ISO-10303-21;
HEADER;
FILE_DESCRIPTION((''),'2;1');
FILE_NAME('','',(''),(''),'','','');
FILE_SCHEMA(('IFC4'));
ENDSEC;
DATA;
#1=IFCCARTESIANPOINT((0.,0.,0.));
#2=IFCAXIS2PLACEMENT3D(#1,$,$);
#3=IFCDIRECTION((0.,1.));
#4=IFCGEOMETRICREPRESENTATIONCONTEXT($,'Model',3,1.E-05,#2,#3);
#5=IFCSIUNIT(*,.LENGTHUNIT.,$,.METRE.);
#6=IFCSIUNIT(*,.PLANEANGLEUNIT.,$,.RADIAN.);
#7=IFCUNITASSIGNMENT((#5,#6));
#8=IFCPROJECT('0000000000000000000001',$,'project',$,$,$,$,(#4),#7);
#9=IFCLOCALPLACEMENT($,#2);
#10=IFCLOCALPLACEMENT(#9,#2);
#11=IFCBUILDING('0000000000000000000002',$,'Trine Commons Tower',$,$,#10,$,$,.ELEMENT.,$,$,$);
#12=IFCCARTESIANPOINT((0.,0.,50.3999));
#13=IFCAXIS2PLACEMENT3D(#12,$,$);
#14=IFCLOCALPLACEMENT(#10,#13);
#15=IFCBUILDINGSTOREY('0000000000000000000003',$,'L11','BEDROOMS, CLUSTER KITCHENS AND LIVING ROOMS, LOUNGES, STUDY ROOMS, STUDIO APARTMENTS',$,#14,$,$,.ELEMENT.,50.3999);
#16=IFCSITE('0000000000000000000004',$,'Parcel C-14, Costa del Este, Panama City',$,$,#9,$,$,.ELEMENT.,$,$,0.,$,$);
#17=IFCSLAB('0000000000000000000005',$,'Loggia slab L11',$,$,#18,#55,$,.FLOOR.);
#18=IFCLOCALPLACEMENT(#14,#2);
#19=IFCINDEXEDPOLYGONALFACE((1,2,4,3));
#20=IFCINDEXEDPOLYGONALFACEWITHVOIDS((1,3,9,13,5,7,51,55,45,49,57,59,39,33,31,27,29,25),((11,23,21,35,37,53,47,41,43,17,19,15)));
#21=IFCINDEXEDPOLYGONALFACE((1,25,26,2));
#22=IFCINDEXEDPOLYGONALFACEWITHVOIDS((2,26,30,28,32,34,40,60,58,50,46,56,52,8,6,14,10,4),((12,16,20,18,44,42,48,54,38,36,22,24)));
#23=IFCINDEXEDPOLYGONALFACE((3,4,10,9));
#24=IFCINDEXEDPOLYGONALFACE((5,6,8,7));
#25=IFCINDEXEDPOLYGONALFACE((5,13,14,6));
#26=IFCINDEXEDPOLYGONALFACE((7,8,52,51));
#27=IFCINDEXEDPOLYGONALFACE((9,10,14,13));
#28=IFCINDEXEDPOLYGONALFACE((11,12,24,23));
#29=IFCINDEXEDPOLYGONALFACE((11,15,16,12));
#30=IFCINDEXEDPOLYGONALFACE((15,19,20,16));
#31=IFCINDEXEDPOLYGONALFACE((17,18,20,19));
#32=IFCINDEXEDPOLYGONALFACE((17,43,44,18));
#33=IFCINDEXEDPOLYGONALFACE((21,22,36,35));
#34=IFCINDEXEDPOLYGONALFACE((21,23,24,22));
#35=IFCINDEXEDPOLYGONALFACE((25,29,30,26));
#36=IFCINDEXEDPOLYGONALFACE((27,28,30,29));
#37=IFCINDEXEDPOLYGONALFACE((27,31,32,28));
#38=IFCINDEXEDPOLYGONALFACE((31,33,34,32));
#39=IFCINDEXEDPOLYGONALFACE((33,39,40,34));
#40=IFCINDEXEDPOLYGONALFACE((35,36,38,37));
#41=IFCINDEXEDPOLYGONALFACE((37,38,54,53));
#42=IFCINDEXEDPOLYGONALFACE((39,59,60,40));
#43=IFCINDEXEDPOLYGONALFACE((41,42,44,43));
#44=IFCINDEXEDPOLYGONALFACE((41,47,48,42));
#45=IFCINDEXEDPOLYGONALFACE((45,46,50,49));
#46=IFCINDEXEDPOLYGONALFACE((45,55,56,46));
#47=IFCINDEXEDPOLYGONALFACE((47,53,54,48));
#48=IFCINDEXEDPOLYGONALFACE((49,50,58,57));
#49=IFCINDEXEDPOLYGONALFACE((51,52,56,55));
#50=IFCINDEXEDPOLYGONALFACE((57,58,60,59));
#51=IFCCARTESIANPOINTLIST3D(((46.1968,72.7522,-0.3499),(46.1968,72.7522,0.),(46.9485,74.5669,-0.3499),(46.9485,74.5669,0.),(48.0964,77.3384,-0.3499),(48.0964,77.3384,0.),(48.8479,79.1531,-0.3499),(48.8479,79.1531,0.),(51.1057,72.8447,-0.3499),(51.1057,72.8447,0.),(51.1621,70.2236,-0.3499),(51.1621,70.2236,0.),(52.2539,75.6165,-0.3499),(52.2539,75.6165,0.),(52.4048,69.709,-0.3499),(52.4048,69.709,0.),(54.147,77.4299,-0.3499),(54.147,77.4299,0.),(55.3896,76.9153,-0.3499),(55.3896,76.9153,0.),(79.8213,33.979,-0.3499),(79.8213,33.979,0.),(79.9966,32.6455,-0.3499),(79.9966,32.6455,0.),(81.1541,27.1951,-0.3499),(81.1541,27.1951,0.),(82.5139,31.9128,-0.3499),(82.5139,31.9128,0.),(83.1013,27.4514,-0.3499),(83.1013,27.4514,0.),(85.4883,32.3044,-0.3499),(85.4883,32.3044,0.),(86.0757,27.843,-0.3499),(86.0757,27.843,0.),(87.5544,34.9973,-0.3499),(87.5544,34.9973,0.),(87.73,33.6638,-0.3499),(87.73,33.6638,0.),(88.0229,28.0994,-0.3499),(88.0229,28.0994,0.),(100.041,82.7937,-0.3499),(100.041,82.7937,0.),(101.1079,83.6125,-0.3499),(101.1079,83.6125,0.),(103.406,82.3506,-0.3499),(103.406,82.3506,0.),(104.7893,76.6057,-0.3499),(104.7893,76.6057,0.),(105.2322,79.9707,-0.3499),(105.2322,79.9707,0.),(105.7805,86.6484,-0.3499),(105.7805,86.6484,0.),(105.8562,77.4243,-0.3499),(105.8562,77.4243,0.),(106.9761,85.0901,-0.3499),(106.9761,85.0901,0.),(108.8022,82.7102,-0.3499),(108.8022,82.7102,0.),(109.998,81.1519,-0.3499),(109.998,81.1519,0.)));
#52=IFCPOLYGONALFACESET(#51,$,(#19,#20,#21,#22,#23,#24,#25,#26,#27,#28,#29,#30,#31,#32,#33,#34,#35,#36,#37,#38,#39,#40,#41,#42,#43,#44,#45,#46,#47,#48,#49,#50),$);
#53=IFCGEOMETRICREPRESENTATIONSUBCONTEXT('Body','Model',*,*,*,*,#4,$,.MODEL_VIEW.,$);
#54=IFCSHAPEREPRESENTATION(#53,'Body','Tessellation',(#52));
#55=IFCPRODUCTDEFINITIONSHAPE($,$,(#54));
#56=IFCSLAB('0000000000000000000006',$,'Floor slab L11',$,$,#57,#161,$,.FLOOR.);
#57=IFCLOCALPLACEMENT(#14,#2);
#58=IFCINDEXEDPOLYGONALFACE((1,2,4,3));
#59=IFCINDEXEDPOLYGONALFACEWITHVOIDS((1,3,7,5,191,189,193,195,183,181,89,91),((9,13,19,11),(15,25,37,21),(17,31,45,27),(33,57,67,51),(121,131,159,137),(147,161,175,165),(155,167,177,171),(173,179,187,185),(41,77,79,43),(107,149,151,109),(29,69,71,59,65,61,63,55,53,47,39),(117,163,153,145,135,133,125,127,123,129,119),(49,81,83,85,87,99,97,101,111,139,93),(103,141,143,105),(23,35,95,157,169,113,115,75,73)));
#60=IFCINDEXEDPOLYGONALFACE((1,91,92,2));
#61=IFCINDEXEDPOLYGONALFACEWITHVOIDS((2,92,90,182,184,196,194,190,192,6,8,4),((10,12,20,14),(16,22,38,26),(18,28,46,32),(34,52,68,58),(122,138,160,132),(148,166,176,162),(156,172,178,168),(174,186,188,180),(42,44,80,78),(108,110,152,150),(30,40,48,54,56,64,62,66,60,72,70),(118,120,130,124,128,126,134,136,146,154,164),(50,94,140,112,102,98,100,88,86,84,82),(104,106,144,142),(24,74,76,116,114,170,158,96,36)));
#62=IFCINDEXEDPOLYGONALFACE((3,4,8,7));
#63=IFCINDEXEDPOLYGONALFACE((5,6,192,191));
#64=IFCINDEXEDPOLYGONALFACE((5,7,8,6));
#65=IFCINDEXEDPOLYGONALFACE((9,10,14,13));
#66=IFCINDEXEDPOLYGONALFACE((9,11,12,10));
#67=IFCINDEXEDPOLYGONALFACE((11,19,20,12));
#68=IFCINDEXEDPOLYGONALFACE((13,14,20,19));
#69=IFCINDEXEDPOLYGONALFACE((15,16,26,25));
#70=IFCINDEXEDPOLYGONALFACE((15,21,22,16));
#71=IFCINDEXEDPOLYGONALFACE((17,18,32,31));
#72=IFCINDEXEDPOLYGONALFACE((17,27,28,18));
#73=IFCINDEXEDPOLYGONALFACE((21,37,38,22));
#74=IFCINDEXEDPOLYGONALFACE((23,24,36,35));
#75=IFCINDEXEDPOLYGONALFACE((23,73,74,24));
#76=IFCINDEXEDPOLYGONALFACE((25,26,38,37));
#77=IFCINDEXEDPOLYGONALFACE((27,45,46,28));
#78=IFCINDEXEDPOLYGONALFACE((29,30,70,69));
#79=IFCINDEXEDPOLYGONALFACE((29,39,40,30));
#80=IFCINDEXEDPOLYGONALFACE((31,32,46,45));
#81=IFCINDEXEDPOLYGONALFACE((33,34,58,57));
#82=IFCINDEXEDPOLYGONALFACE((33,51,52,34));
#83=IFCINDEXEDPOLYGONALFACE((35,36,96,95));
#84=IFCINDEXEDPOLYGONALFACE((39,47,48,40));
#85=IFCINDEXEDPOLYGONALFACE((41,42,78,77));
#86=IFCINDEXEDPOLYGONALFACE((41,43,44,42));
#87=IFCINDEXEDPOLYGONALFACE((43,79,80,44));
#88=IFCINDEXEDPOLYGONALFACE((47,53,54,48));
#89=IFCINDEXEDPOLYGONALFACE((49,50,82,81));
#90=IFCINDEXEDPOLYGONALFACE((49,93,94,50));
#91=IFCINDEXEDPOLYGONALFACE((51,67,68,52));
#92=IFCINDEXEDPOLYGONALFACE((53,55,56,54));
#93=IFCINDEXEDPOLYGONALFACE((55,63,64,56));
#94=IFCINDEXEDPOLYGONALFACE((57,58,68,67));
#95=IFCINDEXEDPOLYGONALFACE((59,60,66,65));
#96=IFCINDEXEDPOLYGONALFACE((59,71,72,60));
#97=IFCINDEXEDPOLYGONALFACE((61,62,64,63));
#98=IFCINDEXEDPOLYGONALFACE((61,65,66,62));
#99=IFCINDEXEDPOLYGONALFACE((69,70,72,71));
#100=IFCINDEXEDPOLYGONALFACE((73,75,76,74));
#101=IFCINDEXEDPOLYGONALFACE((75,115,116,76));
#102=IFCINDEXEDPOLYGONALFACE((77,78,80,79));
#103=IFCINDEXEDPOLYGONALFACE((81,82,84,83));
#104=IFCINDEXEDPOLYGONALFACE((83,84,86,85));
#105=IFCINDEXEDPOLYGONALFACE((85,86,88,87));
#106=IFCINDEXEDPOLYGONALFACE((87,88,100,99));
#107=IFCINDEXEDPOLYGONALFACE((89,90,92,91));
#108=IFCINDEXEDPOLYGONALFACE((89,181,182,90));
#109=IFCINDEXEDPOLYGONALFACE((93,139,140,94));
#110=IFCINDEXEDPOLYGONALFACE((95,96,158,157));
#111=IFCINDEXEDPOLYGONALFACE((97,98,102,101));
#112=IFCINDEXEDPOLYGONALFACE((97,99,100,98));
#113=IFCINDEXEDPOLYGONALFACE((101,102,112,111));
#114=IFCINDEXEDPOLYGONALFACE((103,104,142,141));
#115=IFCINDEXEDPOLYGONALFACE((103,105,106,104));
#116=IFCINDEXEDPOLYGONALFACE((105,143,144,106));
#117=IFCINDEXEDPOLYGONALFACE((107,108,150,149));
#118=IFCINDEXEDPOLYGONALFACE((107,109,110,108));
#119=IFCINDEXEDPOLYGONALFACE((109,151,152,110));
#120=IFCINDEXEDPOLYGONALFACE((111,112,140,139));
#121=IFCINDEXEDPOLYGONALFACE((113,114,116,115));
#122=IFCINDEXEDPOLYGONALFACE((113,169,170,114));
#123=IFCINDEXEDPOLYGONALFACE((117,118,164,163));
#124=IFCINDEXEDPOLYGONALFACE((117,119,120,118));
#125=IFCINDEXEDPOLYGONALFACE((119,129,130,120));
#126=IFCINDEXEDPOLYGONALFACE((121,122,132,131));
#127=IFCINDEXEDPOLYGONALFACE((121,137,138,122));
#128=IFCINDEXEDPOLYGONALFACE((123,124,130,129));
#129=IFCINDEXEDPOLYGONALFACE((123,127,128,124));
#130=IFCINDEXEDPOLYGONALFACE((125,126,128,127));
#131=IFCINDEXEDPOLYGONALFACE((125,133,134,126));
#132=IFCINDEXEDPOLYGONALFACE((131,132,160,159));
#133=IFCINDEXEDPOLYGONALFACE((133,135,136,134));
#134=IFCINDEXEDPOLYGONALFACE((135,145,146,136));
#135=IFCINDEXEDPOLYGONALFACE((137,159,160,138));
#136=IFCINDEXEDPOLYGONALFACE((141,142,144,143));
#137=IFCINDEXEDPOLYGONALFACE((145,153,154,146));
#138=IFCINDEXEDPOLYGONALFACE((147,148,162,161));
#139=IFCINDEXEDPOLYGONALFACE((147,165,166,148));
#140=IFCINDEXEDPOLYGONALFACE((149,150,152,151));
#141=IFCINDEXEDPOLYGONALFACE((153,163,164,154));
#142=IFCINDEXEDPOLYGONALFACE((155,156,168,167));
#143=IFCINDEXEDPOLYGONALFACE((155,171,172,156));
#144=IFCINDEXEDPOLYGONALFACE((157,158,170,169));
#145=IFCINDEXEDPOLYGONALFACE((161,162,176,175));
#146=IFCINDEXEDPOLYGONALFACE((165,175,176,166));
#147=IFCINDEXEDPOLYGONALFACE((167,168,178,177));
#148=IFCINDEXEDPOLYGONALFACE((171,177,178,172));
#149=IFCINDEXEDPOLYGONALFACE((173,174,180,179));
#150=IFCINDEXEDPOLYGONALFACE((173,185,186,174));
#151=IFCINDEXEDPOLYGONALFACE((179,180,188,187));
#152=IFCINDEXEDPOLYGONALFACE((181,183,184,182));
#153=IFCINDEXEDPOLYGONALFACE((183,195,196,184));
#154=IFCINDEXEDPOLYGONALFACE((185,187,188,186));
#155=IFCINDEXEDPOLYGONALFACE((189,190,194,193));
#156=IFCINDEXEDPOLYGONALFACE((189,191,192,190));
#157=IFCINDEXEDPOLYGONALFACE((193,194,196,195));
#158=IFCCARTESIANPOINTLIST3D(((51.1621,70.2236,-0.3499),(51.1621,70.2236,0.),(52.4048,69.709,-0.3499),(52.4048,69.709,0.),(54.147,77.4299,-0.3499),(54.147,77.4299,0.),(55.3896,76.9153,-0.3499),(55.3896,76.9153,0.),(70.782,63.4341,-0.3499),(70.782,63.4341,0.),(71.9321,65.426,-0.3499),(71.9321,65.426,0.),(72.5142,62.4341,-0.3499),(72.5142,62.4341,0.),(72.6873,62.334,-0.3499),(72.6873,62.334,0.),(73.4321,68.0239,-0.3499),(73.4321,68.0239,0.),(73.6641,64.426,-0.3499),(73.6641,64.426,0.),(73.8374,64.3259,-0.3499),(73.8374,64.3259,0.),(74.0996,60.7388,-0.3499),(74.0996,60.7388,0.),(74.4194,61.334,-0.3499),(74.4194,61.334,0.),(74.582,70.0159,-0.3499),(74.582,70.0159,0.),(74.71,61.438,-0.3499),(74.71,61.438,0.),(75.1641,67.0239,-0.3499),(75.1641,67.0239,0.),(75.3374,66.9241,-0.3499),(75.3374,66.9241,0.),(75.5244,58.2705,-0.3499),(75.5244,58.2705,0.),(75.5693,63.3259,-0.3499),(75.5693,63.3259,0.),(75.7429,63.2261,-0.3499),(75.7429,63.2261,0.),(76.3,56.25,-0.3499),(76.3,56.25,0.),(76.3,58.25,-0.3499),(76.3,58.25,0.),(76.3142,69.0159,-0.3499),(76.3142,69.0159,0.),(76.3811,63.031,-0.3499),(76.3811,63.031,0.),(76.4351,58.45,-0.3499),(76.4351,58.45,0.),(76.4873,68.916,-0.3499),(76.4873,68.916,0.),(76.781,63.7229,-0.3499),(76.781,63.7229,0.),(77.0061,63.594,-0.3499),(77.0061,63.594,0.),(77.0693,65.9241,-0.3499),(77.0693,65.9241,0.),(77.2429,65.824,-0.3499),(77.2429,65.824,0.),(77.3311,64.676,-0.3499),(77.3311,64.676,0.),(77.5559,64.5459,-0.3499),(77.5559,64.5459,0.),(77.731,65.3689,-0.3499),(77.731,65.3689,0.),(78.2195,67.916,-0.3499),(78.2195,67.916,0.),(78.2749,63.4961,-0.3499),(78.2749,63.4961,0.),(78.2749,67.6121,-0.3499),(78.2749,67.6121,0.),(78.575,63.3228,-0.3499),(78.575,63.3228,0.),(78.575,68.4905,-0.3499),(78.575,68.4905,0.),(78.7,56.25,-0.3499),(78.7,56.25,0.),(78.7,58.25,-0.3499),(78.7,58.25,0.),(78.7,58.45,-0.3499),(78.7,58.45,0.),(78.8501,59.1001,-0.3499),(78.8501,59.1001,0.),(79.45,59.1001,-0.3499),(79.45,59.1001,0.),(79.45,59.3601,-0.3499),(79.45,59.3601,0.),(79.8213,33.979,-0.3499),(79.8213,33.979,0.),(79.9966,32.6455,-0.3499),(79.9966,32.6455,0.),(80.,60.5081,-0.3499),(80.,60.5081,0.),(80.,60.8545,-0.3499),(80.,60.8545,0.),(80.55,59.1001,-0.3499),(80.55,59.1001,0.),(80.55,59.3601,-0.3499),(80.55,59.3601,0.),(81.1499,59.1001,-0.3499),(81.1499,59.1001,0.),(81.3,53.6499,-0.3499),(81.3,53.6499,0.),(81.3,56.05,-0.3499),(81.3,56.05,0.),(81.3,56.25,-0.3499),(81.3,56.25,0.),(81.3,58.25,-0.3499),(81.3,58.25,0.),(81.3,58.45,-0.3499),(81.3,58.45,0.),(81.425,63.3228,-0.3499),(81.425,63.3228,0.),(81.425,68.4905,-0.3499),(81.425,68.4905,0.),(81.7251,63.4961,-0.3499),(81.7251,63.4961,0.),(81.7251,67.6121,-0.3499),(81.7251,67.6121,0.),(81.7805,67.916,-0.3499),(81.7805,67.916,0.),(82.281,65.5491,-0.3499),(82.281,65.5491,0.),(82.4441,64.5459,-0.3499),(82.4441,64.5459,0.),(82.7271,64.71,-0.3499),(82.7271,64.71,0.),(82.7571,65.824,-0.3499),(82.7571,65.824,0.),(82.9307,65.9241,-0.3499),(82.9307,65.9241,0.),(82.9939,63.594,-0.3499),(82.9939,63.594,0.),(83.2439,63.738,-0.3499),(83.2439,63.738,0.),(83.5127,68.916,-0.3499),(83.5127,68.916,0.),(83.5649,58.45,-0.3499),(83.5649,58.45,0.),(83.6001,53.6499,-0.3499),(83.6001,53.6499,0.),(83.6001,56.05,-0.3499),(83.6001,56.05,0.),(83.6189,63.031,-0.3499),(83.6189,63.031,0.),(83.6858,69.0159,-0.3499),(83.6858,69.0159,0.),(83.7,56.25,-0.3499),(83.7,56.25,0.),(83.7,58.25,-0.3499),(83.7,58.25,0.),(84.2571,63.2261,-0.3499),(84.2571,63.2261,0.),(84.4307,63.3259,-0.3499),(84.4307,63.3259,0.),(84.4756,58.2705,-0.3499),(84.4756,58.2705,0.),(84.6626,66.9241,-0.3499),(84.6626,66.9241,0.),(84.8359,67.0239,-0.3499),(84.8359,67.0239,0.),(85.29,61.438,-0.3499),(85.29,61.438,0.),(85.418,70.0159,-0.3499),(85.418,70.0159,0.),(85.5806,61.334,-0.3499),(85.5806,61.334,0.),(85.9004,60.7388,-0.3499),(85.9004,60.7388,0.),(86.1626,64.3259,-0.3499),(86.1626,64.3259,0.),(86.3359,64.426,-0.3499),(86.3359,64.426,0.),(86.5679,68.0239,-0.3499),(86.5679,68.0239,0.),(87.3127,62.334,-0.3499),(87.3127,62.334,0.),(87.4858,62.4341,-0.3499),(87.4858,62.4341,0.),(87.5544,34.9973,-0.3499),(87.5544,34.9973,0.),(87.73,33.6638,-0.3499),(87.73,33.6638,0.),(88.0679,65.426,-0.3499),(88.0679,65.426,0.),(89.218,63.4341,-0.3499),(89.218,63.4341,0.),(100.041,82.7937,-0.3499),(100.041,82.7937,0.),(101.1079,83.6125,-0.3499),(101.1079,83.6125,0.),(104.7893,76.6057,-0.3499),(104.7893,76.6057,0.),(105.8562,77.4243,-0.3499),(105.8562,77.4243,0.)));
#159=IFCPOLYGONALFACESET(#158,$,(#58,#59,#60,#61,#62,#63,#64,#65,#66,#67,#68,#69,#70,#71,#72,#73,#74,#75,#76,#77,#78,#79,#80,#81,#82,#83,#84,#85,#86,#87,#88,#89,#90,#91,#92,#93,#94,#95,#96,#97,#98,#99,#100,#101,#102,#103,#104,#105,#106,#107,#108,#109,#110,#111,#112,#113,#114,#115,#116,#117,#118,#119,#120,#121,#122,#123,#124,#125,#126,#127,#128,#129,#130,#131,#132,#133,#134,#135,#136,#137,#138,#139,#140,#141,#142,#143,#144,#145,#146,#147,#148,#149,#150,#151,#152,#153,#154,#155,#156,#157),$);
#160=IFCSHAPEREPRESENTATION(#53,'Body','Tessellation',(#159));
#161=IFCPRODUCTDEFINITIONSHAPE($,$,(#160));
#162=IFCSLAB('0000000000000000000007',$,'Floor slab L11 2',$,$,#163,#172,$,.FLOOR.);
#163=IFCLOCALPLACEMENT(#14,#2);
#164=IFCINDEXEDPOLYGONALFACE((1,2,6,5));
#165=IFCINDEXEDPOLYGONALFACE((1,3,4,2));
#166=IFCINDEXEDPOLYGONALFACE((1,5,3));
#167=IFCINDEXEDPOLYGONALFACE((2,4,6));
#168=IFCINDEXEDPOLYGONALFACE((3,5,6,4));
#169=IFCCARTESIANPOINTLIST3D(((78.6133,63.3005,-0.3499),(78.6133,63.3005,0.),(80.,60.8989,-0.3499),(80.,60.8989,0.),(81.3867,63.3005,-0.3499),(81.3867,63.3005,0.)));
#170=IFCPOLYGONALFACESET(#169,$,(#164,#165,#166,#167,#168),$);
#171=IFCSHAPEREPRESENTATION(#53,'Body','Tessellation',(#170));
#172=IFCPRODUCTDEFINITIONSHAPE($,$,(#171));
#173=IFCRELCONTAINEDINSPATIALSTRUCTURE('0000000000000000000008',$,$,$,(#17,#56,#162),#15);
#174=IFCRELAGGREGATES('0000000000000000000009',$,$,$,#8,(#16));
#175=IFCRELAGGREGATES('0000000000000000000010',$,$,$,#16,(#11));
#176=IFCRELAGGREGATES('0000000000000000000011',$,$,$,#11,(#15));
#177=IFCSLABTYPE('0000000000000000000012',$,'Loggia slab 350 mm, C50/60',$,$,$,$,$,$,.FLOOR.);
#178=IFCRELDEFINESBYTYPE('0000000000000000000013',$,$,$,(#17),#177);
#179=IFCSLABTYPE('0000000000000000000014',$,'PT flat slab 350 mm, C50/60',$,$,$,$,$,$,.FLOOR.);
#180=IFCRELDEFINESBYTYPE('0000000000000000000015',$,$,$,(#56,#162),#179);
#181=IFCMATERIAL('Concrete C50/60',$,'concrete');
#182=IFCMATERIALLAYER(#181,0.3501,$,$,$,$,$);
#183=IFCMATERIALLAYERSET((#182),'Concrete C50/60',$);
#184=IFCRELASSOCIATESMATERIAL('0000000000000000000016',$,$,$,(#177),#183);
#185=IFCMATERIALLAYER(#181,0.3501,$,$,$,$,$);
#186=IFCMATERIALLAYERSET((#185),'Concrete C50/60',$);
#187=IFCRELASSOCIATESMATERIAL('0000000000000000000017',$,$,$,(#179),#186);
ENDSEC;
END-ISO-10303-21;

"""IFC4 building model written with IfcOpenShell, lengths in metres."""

from ifc_helpers import new_model, si_unit, direction, frame, origin, place, context, subcontext, project, spatial, polyline, outline, extrude, material, layer, layer_set, type_object, element, save


model = new_model("IFC4")

# Units and contexts
model_context = context("Model", 3, precision=1e-05, world=origin(), true_north=direction((0.0, 1.0)))
body_context = subcontext(model_context, "Body", "Model", "MODEL_VIEW")
ifc_project = project(units=[si_unit("LENGTHUNIT", "METRE"), si_unit("PLANEANGLEUNIT", "RADIAN")], contexts=[model_context])

# Site, building, storey
site_placement = place(None, origin())
site = spatial("IfcSite", under=ifc_project, at=site_placement, Name="Parcel C-14, Costa del Este, Panama City", CompositionType="ELEMENT", RefElevation=0.0)
building_placement = place(site_placement, origin())
building = spatial("IfcBuilding", under=site, at=building_placement, Name="Trine Commons Tower", CompositionType="ELEMENT")
storey_placement = place(building_placement, frame((0.0, 0.0, 50.3999)))
storey = spatial("IfcBuildingStorey", under=building, at=storey_placement, Name="L11", Description="BEDROOMS, CLUSTER KITCHENS AND LIVING ROOMS, LOUNGES, STUDY ROOMS, STUDIO APARTMENTS", CompositionType="ELEMENT", Elevation=50.3999)

# Slabs
ifc_material_1 = material(Name="Concrete C50/60", Category="concrete")
ifc_layer_1 = layer(ifc_material_1, 0.3501)
ifc_layer_set_1 = layer_set([ifc_layer_1], Name="Concrete C50/60")
slab_type_1 = type_object("IfcSlabType", Name="Loggia slab 350 mm, C50/60", PredefinedType="FLOOR", material=ifc_layer_set_1)
slab_1_placement = place(storey_placement, frame((0.0, 0.0, -0.3499)))
element("IfcSlab", 1, at=slab_1_placement, inside=storey, type_object=slab_type_1, Name="Loggia slab L11", PredefinedType="FLOOR", context=body_context, shape_type="SweptSolid", body=[
    extrude(outline(polyline([(88.0229, 28.0994), (109.998, 81.1519), (108.8022, 82.7102), (105.2322, 79.9707), (103.406, 82.3506), (106.9761, 85.0901), (105.7805, 86.6484), (48.8479, 79.1531), (48.0964, 77.3384), (52.2539, 75.6165), (51.1057, 72.8447), (46.9485, 74.5669), (46.1968, 72.7522), (81.1541, 27.1951), (83.1013, 27.4514), (82.5139, 31.9128), (85.4883, 32.3044), (86.0757, 27.843), (88.0229, 28.0994)]), holes=[polyline([(79.9966, 32.6455), (79.8213, 33.979), (87.5544, 34.9973), (87.73, 33.6638), (105.8562, 77.4243), (104.7893, 76.6057), (100.041, 82.7937), (101.1079, 83.6125), (54.147, 77.4299), (55.3896, 76.9153), (52.4048, 69.709), (51.1621, 70.2236), (79.9966, 32.6455)])]), origin(), (0.0, 0.0, 1.0), 0.3499),
])
ifc_layer_2 = layer(ifc_material_1, 0.3501)
ifc_layer_set_2 = layer_set([ifc_layer_2], Name="Concrete C50/60")
slab_type_2 = type_object("IfcSlabType", Name="PT flat slab 350 mm, C50/60", PredefinedType="FLOOR", material=ifc_layer_set_2)
slab_2_placement = place(storey_placement, frame((0.0, 0.0, -0.3499)))
element("IfcSlab", 2, at=slab_2_placement, inside=storey, type_object=slab_type_2, Name="Floor slab L11", PredefinedType="FLOOR", context=body_context, shape_type="SweptSolid", body=[
    extrude(outline(polyline([(51.1621, 70.2236), (79.9966, 32.6455), (79.8213, 33.979), (87.5544, 34.9973), (87.73, 33.6638), (105.8562, 77.4243), (104.7893, 76.6057), (100.041, 82.7937), (101.1079, 83.6125), (54.147, 77.4299), (55.3896, 76.9153), (52.4048, 69.709), (51.1621, 70.2236)]), holes=[polyline([(76.3, 56.25), (78.7, 56.25), (78.7, 58.25), (76.3, 58.25), (76.3, 56.25)]), polyline([(81.1499, 59.1001), (81.3, 58.45), (83.5649, 58.45), (80.0, 60.5081), (76.4351, 58.45), (78.7, 58.45), (78.8501, 59.1001), (79.45, 59.1001), (79.45, 59.3601), (80.55, 59.3601), (80.55, 59.1001), (81.1499, 59.1001)]), polyline([(80.0, 60.8545), (84.4756, 58.2705), (85.9004, 60.7388), (81.425, 63.3228), (81.425, 68.4905), (78.575, 68.4905), (78.575, 63.3228), (74.0996, 60.7388), (75.5244, 58.2705), (80.0, 60.8545)]), polyline([(73.8374, 64.3259), (72.6873, 62.334), (74.4194, 61.334), (75.5693, 63.3259), (73.8374, 64.3259)]), polyline([(71.9321, 65.426), (70.782, 63.4341), (72.5142, 62.4341), (73.6641, 64.426), (71.9321, 65.426)]), polyline([(76.781, 63.7229), (76.3811, 63.031), (75.7429, 63.2261), (74.71, 61.438), (78.2749, 63.4961), (78.2749, 67.6121), (77.2429, 65.824), (77.731, 65.3689), (77.3311, 64.676), (77.5559, 64.5459), (77.0061, 63.594), (76.781, 63.7229)]), polyline([(76.4873, 68.916), (75.3374, 66.9241), (77.0693, 65.9241), (78.2195, 67.916), (76.4873, 68.916)]), polyline([(74.582, 70.0159), (73.4321, 68.0239), (75.1641, 67.0239), (76.3142, 69.0159), (74.582, 70.0159)]), polyline([(81.3, 53.6499), (83.6001, 53.6499), (83.6001, 56.05), (81.3, 56.05), (81.3, 53.6499)]), polyline([(81.3, 56.25), (83.7, 56.25), (83.7, 58.25), (81.3, 58.25), (81.3, 56.25)]), polyline([(87.3127, 62.334), (86.1626, 64.3259), (84.4307, 63.3259), (85.5806, 61.334), (87.3127, 62.334)]), polyline([(89.218, 63.4341), (88.0679, 65.426), (86.3359, 64.426), (87.4858, 62.4341), (89.218, 63.4341)]), polyline([(83.2439, 63.738), (82.9939, 63.594), (82.4441, 64.5459), (82.7271, 64.71), (82.281, 65.5491), (82.7571, 65.824), (81.7251, 67.6121), (81.7251, 63.4961), (85.29, 61.438), (84.2571, 63.2261), (83.6189, 63.031), (83.2439, 63.738)]), polyline([(82.9307, 65.9241), (84.6626, 66.9241), (83.5127, 68.916), (81.7805, 67.916), (82.9307, 65.9241)]), polyline([(84.8359, 67.0239), (86.5679, 68.0239), (85.418, 70.0159), (83.6858, 69.0159), (84.8359, 67.0239)])]), origin(), (0.0, 0.0, 1.0), 0.3499),
])
slab_3_placement = place(storey_placement, frame((0.0, 0.0, -0.3499)))
element("IfcSlab", 3, at=slab_3_placement, inside=storey, type_object=slab_type_2, Name="Floor slab L11 2", PredefinedType="FLOOR", context=body_context, shape_type="SweptSolid", body=[
    extrude(outline(polyline([(78.6133, 63.3005), (80.0, 60.8989), (81.3867, 63.3005), (78.6133, 63.3005)])), origin(), (0.0, 0.0, 1.0), 0.3499),
])

save(model, "model.ifc")
